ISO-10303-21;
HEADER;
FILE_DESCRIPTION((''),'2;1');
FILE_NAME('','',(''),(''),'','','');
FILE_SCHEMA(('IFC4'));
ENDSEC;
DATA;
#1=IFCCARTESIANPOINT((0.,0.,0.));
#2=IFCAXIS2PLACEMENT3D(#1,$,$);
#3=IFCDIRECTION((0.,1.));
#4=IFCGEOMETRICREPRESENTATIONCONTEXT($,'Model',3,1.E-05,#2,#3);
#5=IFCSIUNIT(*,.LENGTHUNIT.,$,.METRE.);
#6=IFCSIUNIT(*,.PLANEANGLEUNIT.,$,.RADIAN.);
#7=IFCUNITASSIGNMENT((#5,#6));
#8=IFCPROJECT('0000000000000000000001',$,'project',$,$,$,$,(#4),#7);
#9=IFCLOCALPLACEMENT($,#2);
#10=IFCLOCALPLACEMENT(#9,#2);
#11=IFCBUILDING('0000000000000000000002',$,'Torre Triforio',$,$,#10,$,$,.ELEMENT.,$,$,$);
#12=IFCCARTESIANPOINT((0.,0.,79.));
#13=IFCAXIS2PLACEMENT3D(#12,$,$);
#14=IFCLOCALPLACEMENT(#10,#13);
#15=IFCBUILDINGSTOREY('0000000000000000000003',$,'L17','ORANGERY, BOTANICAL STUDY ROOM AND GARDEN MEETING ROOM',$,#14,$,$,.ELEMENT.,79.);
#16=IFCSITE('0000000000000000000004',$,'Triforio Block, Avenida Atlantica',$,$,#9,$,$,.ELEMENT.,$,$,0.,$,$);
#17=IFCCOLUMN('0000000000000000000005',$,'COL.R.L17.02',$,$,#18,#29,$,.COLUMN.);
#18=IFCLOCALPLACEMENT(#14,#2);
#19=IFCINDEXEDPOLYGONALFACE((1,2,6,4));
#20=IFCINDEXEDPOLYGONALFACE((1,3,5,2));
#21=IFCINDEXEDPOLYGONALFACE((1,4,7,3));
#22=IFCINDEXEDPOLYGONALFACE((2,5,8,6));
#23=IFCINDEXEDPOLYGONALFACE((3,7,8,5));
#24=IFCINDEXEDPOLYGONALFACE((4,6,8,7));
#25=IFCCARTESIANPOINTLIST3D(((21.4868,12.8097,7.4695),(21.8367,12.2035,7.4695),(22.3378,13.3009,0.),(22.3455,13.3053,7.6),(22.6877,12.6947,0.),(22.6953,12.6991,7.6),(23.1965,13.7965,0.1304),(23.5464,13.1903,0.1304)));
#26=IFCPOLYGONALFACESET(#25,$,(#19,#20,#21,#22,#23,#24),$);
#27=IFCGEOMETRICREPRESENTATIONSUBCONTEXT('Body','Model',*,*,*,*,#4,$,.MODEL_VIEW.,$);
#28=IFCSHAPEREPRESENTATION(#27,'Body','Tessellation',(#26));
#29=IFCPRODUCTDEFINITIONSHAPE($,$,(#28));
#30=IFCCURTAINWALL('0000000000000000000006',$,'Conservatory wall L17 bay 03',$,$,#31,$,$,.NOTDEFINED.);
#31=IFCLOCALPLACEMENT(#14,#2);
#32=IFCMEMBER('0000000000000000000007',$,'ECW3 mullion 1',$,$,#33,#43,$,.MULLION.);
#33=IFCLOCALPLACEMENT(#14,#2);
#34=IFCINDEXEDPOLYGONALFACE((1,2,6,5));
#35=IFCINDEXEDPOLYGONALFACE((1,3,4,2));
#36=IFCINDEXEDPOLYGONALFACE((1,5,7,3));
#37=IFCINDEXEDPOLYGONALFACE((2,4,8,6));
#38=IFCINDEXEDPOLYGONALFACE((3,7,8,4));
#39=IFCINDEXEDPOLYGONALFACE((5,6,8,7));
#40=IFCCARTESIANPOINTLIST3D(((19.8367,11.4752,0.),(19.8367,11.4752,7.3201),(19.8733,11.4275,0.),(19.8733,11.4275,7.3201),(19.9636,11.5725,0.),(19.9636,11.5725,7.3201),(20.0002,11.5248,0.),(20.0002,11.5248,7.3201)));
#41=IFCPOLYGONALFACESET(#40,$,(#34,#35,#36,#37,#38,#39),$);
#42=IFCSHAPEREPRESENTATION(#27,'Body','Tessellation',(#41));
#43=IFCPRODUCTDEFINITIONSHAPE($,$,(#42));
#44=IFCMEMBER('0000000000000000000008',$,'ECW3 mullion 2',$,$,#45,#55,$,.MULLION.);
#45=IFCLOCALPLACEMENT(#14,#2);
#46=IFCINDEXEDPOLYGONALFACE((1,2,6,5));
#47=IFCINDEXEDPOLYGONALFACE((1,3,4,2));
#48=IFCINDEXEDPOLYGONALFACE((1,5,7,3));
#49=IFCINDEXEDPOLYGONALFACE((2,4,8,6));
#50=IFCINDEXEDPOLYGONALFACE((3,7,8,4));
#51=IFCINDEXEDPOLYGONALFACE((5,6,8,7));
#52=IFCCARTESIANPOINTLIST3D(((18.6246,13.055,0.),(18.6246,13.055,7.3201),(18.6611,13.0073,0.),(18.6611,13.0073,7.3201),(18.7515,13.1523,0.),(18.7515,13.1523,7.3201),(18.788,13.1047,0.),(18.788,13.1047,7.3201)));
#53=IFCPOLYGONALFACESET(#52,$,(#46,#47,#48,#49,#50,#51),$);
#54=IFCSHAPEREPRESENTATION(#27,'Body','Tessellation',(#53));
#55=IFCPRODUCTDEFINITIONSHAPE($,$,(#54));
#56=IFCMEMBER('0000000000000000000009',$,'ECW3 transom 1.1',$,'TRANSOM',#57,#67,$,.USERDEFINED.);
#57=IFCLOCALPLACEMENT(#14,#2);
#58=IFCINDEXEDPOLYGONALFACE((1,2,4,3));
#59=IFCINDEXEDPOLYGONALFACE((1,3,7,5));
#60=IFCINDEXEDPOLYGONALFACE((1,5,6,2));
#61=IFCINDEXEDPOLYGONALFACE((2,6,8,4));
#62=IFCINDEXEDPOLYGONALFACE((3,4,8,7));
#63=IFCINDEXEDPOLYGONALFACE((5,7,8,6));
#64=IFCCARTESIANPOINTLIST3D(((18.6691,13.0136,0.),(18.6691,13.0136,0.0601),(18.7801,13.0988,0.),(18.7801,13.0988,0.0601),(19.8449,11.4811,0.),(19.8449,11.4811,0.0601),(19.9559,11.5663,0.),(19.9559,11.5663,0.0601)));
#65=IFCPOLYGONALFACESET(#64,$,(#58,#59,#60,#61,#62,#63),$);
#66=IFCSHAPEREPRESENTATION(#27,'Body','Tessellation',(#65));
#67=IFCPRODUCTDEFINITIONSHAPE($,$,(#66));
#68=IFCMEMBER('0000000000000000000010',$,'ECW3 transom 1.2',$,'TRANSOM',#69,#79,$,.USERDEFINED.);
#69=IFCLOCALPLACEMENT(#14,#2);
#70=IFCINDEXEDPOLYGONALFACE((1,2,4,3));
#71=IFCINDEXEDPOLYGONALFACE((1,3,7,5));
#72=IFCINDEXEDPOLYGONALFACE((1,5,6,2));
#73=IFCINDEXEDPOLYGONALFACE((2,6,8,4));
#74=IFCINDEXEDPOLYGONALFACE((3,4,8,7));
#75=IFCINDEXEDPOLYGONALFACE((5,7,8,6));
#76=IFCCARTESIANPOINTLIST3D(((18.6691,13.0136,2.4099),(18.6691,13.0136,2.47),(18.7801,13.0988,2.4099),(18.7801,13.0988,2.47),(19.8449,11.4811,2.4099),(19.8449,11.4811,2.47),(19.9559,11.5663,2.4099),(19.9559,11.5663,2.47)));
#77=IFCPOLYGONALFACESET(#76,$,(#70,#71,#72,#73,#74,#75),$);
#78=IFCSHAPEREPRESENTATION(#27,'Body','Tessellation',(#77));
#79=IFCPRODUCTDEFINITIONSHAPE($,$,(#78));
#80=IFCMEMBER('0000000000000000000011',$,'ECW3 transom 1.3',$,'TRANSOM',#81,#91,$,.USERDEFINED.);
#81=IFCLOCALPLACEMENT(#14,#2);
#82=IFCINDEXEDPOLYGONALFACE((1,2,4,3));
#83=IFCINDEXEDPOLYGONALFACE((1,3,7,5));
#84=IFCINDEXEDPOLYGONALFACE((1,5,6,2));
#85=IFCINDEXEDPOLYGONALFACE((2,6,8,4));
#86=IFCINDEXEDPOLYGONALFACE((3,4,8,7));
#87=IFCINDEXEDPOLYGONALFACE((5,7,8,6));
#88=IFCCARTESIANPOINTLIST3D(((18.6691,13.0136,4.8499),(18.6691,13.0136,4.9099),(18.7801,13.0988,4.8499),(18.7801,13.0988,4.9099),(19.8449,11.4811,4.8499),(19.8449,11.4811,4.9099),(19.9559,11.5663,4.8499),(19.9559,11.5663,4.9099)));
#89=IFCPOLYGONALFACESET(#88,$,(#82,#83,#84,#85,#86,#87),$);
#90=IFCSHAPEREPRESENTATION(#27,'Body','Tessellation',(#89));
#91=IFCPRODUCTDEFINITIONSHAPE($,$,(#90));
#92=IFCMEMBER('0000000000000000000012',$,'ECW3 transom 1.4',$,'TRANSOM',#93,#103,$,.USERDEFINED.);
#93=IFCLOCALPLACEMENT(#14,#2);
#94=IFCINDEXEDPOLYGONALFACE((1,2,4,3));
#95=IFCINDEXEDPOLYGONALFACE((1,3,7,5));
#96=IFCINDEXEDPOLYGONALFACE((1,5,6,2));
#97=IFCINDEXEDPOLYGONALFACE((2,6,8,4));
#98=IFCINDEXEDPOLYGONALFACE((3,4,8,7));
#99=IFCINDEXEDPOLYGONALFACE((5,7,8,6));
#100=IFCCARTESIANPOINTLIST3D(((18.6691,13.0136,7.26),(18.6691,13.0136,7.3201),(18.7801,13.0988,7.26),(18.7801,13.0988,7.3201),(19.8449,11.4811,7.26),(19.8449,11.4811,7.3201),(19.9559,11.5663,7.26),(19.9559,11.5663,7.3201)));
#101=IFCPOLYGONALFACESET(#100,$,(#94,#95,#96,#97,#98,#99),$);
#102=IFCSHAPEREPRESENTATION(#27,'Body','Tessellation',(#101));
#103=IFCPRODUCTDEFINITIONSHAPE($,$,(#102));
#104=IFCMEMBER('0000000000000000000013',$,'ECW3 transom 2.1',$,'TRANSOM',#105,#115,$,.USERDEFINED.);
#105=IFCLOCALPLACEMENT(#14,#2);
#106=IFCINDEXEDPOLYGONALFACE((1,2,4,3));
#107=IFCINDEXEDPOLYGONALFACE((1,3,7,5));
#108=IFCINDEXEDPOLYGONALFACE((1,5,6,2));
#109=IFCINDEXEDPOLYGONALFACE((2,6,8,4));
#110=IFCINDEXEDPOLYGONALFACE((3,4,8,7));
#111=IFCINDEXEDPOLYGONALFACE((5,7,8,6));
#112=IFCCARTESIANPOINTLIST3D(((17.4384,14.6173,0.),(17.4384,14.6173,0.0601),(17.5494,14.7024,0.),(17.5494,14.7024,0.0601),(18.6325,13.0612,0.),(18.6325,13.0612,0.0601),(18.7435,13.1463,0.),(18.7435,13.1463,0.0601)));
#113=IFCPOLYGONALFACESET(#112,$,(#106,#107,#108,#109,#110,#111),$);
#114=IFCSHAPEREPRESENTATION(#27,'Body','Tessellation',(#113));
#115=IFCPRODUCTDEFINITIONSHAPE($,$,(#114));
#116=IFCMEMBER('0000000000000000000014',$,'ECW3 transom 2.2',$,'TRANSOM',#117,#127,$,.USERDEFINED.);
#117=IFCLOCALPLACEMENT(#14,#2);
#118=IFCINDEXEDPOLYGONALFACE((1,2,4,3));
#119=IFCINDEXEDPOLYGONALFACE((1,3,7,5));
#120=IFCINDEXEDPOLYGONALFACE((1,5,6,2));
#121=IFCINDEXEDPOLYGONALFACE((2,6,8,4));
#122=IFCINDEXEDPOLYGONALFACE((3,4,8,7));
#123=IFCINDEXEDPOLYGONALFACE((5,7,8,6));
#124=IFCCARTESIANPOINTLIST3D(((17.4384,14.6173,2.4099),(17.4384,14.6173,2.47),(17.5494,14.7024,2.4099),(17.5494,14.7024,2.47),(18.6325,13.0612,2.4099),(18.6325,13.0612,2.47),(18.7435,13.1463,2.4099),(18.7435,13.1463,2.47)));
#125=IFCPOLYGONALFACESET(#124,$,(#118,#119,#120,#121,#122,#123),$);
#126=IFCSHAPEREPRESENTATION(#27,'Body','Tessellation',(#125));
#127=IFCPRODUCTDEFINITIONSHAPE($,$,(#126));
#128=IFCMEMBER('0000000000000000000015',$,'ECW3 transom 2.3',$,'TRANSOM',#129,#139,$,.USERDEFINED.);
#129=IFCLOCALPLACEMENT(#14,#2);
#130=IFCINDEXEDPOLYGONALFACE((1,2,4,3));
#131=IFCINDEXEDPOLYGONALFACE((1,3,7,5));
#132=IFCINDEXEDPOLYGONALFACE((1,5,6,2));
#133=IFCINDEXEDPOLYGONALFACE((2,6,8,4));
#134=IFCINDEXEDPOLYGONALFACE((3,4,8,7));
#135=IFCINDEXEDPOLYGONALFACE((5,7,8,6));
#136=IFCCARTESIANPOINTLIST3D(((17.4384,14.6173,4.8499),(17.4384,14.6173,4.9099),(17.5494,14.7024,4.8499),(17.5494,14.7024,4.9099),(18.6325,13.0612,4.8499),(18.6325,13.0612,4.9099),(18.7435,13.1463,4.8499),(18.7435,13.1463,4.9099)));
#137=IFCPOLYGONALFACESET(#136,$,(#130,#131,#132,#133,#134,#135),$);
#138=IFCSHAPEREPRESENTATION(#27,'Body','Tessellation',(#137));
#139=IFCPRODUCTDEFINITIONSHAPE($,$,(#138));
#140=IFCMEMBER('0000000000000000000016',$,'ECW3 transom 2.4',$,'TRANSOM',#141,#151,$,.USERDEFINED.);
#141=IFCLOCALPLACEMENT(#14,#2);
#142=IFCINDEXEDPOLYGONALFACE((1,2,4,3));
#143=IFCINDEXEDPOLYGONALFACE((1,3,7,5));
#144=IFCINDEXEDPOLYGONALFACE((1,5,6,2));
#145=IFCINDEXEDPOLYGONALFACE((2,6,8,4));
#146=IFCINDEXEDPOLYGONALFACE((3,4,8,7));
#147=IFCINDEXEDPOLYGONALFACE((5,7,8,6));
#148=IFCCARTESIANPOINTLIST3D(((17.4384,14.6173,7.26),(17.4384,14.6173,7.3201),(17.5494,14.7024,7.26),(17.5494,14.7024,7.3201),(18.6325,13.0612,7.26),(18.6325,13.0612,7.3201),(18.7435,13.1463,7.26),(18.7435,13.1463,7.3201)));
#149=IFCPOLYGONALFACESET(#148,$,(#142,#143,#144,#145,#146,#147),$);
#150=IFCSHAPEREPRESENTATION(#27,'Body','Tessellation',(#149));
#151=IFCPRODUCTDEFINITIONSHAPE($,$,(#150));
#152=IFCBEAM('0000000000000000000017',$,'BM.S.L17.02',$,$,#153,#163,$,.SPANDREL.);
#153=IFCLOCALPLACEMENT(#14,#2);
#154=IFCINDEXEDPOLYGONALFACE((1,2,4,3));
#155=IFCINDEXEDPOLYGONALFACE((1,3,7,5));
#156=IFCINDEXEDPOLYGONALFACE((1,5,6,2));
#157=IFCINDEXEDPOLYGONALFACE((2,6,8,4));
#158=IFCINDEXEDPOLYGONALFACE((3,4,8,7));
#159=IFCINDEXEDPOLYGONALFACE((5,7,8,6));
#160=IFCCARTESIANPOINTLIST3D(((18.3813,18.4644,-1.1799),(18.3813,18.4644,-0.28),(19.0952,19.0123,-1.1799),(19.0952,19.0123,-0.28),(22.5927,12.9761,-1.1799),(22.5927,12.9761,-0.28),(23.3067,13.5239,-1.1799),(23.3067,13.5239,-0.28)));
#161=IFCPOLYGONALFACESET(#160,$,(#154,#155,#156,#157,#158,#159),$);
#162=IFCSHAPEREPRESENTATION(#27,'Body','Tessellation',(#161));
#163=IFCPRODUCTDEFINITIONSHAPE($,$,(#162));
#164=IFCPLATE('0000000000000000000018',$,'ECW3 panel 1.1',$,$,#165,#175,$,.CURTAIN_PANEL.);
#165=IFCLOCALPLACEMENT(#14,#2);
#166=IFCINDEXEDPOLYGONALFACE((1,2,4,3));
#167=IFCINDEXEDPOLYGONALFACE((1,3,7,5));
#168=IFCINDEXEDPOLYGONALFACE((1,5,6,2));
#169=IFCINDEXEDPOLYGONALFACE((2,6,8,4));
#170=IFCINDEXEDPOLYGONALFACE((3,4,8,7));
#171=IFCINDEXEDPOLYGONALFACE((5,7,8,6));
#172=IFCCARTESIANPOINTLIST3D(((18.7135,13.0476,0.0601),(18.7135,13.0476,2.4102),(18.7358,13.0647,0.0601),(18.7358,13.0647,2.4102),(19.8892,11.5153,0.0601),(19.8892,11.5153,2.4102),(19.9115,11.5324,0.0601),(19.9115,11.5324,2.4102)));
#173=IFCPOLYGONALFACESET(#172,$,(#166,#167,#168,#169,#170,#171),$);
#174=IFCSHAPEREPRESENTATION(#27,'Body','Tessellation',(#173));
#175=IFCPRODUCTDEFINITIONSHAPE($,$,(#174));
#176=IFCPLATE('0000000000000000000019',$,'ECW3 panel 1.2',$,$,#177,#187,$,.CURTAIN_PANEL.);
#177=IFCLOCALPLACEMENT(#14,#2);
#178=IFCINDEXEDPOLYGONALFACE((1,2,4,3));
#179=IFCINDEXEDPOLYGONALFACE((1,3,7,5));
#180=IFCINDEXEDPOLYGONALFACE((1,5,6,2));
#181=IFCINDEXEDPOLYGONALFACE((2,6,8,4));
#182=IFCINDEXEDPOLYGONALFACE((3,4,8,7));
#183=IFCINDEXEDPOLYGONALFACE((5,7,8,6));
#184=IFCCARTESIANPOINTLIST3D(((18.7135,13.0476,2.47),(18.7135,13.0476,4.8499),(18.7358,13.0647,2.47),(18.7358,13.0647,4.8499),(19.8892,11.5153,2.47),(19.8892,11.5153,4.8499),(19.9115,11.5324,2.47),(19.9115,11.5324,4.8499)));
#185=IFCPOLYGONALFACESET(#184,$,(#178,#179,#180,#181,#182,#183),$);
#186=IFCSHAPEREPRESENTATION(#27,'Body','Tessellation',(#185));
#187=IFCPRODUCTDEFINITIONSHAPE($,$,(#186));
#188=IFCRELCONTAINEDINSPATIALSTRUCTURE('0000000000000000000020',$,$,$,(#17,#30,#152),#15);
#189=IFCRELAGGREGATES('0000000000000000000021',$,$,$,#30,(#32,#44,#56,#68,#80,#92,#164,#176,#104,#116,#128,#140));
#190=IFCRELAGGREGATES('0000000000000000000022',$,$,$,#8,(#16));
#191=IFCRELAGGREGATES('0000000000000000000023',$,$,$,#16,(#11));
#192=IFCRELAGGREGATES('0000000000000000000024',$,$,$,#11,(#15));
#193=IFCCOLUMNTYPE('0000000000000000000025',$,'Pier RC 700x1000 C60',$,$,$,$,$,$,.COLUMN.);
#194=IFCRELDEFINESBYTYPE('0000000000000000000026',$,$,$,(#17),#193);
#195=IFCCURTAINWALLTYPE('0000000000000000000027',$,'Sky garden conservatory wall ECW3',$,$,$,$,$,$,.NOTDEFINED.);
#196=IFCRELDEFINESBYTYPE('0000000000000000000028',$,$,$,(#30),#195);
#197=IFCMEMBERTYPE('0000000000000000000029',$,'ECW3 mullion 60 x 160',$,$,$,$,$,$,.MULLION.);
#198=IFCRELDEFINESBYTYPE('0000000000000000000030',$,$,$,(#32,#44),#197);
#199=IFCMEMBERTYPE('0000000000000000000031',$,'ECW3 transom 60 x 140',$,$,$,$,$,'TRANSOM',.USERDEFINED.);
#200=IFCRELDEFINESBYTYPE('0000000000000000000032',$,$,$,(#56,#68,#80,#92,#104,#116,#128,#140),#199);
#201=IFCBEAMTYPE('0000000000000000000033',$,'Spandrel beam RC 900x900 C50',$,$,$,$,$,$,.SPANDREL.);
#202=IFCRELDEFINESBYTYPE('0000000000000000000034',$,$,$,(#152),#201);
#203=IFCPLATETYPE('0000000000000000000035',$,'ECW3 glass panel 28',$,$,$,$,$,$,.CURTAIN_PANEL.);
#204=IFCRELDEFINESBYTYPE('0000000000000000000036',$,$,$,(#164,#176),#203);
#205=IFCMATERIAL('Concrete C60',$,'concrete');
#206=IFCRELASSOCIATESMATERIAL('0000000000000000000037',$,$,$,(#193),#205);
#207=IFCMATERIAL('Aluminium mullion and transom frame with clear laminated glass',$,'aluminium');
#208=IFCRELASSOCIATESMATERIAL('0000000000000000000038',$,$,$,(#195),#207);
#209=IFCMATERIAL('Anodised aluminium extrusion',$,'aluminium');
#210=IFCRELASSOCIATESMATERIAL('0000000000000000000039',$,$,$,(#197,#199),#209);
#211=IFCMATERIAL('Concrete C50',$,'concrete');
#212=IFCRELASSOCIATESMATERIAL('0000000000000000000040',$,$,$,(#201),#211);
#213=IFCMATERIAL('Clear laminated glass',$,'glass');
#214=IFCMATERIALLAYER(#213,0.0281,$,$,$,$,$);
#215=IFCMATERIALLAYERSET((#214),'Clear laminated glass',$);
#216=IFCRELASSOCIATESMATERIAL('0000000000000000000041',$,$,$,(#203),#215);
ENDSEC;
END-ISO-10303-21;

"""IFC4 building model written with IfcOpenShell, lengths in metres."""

from ifc_helpers import new_model, si_unit, direction, frame, origin, origin_2d, place, context, subcontext, project, spatial, rectangle, extrude, material, layer, layer_set, material_profile, profile_set, type_object, element, aggregate, save


model = new_model("IFC4")

# Units and contexts
model_context = context("Model", 3, precision=1e-05, world=origin(), true_north=direction((0.0, 1.0)))
body_context = subcontext(model_context, "Body", "Model", "MODEL_VIEW")
ifc_project = project(units=[si_unit("LENGTHUNIT", "METRE"), si_unit("PLANEANGLEUNIT", "RADIAN")], contexts=[model_context])

# Site, building, storey
site_placement = place(None, origin())
site = spatial("IfcSite", under=ifc_project, at=site_placement, Name="Triforio Block, Avenida Atlantica", CompositionType="ELEMENT", RefElevation=0.0)
building_placement = place(site_placement, origin())
building = spatial("IfcBuilding", under=site, at=building_placement, Name="Torre Triforio", CompositionType="ELEMENT")
storey_placement = place(building_placement, frame((0.0, 0.0, 79.0)))
storey = spatial("IfcBuildingStorey", under=building, at=storey_placement, Name="L17", Description="ORANGERY, BOTANICAL STUDY ROOM AND GARDEN MEETING ROOM", CompositionType="ELEMENT", Elevation=79.0)

# Column
ifc_material_1 = material(Name="Concrete C60", Category="concrete")
ifc_material_profile_1 = material_profile(ifc_material_1, rectangle(XDim=0.7, YDim=1.0, at=origin_2d()), Name="RC 700x1000")
ifc_profile_set_1 = profile_set([ifc_material_profile_1], Name="Concrete C60")
column_type = type_object("IfcColumnType", Name="Pier RC 700x1000 C60", PredefinedType="COLUMN", material=ifc_profile_set_1)
column_placement = place(storey_placement, frame((22.9421, 13.2456, 0.0652), z_axis=(-0.112967, -0.065201, 0.991457), x_axis=(0.49988, -0.866095, 0.0)))
element("IfcColumn", 1, at=column_placement, inside=storey, type_object=column_type, Name="COL.R.L17.02", PredefinedType="COLUMN", context=body_context, shape_type="SweptSolid", body=[
    extrude(rectangle(XDim=0.7, YDim=1.0, at=origin_2d()), origin(), (0.0, 0.0, 1.0), 7.5339),
])

# Curtain wall, members
ifc_material_2 = material(Name="Aluminium mullion and transom frame with clear laminated glass", Category="aluminium")
curtain_wall_type = type_object("IfcCurtainWallType", Name="Sky garden conservatory wall ECW3", PredefinedType="NOTDEFINED", material=ifc_material_2)
curtain_wall_placement = place(storey_placement, origin())
curtain_wall = element("IfcCurtainWall", 2, at=curtain_wall_placement, inside=storey, type_object=curtain_wall_type, Name="Conservatory wall L17 bay 03", PredefinedType="NOTDEFINED")
ifc_material_3 = material(Name="Anodised aluminium extrusion", Category="aluminium")
ifc_material_profile_2 = material_profile(ifc_material_3, rectangle(XDim=0.1599, YDim=0.0601, at=origin_2d()), Name="ECW3 MULLION 60x160")
ifc_profile_set_2 = profile_set([ifc_material_profile_2], Name="Anodised aluminium extrusion")
member_type_1 = type_object("IfcMemberType", Name="ECW3 mullion 60 x 160", PredefinedType="MULLION", material=ifc_profile_set_2)
member_1_placement = place(storey_placement, frame((19.9185, 11.5, 0.0), z_axis=(0.0, 0.0, 1.0), x_axis=(-0.79336, -0.608752, 0.0)))
member_1 = element("IfcMember", 3, at=member_1_placement, type_object=member_type_1, Name="ECW3 mullion 1", PredefinedType="MULLION", context=body_context, shape_type="SweptSolid", body=[
    extrude(rectangle(XDim=0.1599, YDim=0.0601, at=origin_2d()), origin(), (0.0, 0.0, 1.0), 7.3201),
])
member_2_placement = place(storey_placement, frame((18.7063, 13.0798, 0.0), z_axis=(0.0, 0.0, 1.0), x_axis=(-0.79336, -0.608752, 0.0)))
member_2 = element("IfcMember", 4, at=member_2_placement, type_object=member_type_1, Name="ECW3 mullion 2", PredefinedType="MULLION", context=body_context, shape_type="SweptSolid", body=[
    extrude(rectangle(XDim=0.1599, YDim=0.0601, at=origin_2d()), origin(), (0.0, 0.0, 1.0), 7.3201),
])
ifc_material_profile_3 = material_profile(ifc_material_3, rectangle(XDim=0.1399, YDim=0.0601, at=origin_2d()), Name="ECW3 TRANSOM 60x140")
ifc_profile_set_3 = profile_set([ifc_material_profile_3], Name="Anodised aluminium extrusion")
member_type_2 = type_object("IfcMemberType", Name="ECW3 transom 60 x 140", ElementType="TRANSOM", PredefinedType="USERDEFINED", material=ifc_profile_set_3)
member_3_placement = place(storey_placement, frame((19.9004, 11.5237, 0.03), z_axis=(-0.608721, 0.793385, 0.0), x_axis=(-0.793385, -0.608721, 0.0)))
member_3 = element("IfcMember", 5, at=member_3_placement, type_object=member_type_2, Name="ECW3 transom 1.1", ObjectType="TRANSOM", PredefinedType="USERDEFINED", context=body_context, shape_type="SweptSolid", body=[
    extrude(rectangle(XDim=0.1399, YDim=0.0601, at=origin_2d()), origin(), (0.0, 0.0, 1.0), 1.9316),
])
member_4_placement = place(storey_placement, frame((19.9004, 11.5237, 2.4399), z_axis=(-0.608721, 0.793385, 0.0), x_axis=(-0.793385, -0.608721, 0.0)))
member_4 = element("IfcMember", 6, at=member_4_placement, type_object=member_type_2, Name="ECW3 transom 1.2", ObjectType="TRANSOM", PredefinedType="USERDEFINED", context=body_context, shape_type="SweptSolid", body=[
    extrude(rectangle(XDim=0.1399, YDim=0.0601, at=origin_2d()), origin(), (0.0, 0.0, 1.0), 1.9316),
])
member_5_placement = place(storey_placement, frame((19.9004, 11.5237, 4.8799), z_axis=(-0.608721, 0.793385, 0.0), x_axis=(-0.793385, -0.608721, 0.0)))
member_5 = element("IfcMember", 7, at=member_5_placement, type_object=member_type_2, Name="ECW3 transom 1.3", ObjectType="TRANSOM", PredefinedType="USERDEFINED", context=body_context, shape_type="SweptSolid", body=[
    extrude(rectangle(XDim=0.1399, YDim=0.0601, at=origin_2d()), origin(), (0.0, 0.0, 1.0), 1.9316),
])
member_6_placement = place(storey_placement, frame((19.9004, 11.5237, 7.29), z_axis=(-0.608721, 0.793385, 0.0), x_axis=(-0.793385, -0.608721, 0.0)))
member_6 = element("IfcMember", 8, at=member_6_placement, type_object=member_type_2, Name="ECW3 transom 1.4", ObjectType="TRANSOM", PredefinedType="USERDEFINED", context=body_context, shape_type="SweptSolid", body=[
    extrude(rectangle(XDim=0.1399, YDim=0.0601, at=origin_2d()), origin(), (0.0, 0.0, 1.0), 1.9316),
])
member_7_placement = place(storey_placement, frame((18.688, 13.1038, 0.03), z_axis=(-0.608766, 0.79335, 0.0), x_axis=(-0.79335, -0.608766, 0.0)))
member_7 = element("IfcMember", 9, at=member_7_placement, type_object=member_type_2, Name="ECW3 transom 2.1", ObjectType="TRANSOM", PredefinedType="USERDEFINED", context=body_context, shape_type="SweptSolid", body=[
    extrude(rectangle(XDim=0.1399, YDim=0.0601, at=origin_2d()), origin(), (0.0, 0.0, 1.0), 1.9614),
])
member_8_placement = place(storey_placement, frame((18.688, 13.1038, 2.4399), z_axis=(-0.608766, 0.79335, 0.0), x_axis=(-0.79335, -0.608766, 0.0)))
member_8 = element("IfcMember", 10, at=member_8_placement, type_object=member_type_2, Name="ECW3 transom 2.2", ObjectType="TRANSOM", PredefinedType="USERDEFINED", context=body_context, shape_type="SweptSolid", body=[
    extrude(rectangle(XDim=0.1399, YDim=0.0601, at=origin_2d()), origin(), (0.0, 0.0, 1.0), 1.9614),
])
member_9_placement = place(storey_placement, frame((18.688, 13.1038, 4.8799), z_axis=(-0.608766, 0.79335, 0.0), x_axis=(-0.79335, -0.608766, 0.0)))
member_9 = element("IfcMember", 11, at=member_9_placement, type_object=member_type_2, Name="ECW3 transom 2.3", ObjectType="TRANSOM", PredefinedType="USERDEFINED", context=body_context, shape_type="SweptSolid", body=[
    extrude(rectangle(XDim=0.1399, YDim=0.0601, at=origin_2d()), origin(), (0.0, 0.0, 1.0), 1.9614),
])
member_10_placement = place(storey_placement, frame((18.688, 13.1038, 7.29), z_axis=(-0.608766, 0.79335, 0.0), x_axis=(-0.79335, -0.608766, 0.0)))
member_10 = element("IfcMember", 12, at=member_10_placement, type_object=member_type_2, Name="ECW3 transom 2.4", ObjectType="TRANSOM", PredefinedType="USERDEFINED", context=body_context, shape_type="SweptSolid", body=[
    extrude(rectangle(XDim=0.1399, YDim=0.0601, at=origin_2d()), origin(), (0.0, 0.0, 1.0), 1.9614),
])

# Beam
ifc_material_4 = material(Name="Concrete C50", Category="concrete")
ifc_material_profile_4 = material_profile(ifc_material_4, rectangle(XDim=0.8999, YDim=0.8999, at=origin_2d()), Name="RC 900x900")
ifc_profile_set_4 = profile_set([ifc_material_profile_4], Name="Concrete C50")
beam_type = type_object("IfcBeamType", Name="Spandrel beam RC 900x900 C50", PredefinedType="SPANDREL", material=ifc_profile_set_4)
beam_placement = place(storey_placement, frame((22.9497, 13.25, -0.73), z_axis=(-0.608772, 0.793345, 0.0), x_axis=(-0.793345, -0.608772, 0.0)))
element("IfcBeam", 13, at=beam_placement, inside=storey, type_object=beam_type, Name="BM.S.L17.02", PredefinedType="SPANDREL", context=body_context, shape_type="SweptSolid", body=[
    extrude(rectangle(XDim=0.8999, YDim=0.8999, at=origin_2d()), origin(), (0.0, 0.0, 1.0), 6.918),
])

# Plates
ifc_material_5 = material(Name="Clear laminated glass", Category="glass")
ifc_layer_1 = layer(ifc_material_5, 0.0281)
ifc_layer_set_1 = layer_set([ifc_layer_1], Name="Clear laminated glass")
plate_type = type_object("IfcPlateType", Name="ECW3 glass panel 28", PredefinedType="CURTAIN_PANEL", material=ifc_layer_set_1)
plate_1_placement = place(storey_placement, frame((19.3125, 12.29, 0.0601), z_axis=(0.0, 0.0, 1.0), x_axis=(-0.608752, 0.79336, 0.0)))
plate_1 = element("IfcPlate", 14, at=plate_1_placement, type_object=plate_type, Name="ECW3 panel 1.1", PredefinedType="CURTAIN_PANEL", context=body_context, shape_type="SweptSolid", body=[
    extrude(rectangle(XDim=1.9314, YDim=0.0281, at=origin_2d()), origin(), (0.0, 0.0, 1.0), 2.3501),
])
plate_2_placement = place(storey_placement, frame((19.3125, 12.29, 2.47), z_axis=(0.0, 0.0, 1.0), x_axis=(-0.608752, 0.79336, 0.0)))
plate_2 = element("IfcPlate", 15, at=plate_2_placement, type_object=plate_type, Name="ECW3 panel 1.2", PredefinedType="CURTAIN_PANEL", context=body_context, shape_type="SweptSolid", body=[
    extrude(rectangle(XDim=1.9314, YDim=0.0281, at=origin_2d()), origin(), (0.0, 0.0, 1.0), 2.3799),
])
aggregate(curtain_wall, [member_1, member_2, member_3, member_4, member_5, member_6, plate_1, plate_2, member_7, member_8, member_9, member_10])

save(model, "model.ifc")
